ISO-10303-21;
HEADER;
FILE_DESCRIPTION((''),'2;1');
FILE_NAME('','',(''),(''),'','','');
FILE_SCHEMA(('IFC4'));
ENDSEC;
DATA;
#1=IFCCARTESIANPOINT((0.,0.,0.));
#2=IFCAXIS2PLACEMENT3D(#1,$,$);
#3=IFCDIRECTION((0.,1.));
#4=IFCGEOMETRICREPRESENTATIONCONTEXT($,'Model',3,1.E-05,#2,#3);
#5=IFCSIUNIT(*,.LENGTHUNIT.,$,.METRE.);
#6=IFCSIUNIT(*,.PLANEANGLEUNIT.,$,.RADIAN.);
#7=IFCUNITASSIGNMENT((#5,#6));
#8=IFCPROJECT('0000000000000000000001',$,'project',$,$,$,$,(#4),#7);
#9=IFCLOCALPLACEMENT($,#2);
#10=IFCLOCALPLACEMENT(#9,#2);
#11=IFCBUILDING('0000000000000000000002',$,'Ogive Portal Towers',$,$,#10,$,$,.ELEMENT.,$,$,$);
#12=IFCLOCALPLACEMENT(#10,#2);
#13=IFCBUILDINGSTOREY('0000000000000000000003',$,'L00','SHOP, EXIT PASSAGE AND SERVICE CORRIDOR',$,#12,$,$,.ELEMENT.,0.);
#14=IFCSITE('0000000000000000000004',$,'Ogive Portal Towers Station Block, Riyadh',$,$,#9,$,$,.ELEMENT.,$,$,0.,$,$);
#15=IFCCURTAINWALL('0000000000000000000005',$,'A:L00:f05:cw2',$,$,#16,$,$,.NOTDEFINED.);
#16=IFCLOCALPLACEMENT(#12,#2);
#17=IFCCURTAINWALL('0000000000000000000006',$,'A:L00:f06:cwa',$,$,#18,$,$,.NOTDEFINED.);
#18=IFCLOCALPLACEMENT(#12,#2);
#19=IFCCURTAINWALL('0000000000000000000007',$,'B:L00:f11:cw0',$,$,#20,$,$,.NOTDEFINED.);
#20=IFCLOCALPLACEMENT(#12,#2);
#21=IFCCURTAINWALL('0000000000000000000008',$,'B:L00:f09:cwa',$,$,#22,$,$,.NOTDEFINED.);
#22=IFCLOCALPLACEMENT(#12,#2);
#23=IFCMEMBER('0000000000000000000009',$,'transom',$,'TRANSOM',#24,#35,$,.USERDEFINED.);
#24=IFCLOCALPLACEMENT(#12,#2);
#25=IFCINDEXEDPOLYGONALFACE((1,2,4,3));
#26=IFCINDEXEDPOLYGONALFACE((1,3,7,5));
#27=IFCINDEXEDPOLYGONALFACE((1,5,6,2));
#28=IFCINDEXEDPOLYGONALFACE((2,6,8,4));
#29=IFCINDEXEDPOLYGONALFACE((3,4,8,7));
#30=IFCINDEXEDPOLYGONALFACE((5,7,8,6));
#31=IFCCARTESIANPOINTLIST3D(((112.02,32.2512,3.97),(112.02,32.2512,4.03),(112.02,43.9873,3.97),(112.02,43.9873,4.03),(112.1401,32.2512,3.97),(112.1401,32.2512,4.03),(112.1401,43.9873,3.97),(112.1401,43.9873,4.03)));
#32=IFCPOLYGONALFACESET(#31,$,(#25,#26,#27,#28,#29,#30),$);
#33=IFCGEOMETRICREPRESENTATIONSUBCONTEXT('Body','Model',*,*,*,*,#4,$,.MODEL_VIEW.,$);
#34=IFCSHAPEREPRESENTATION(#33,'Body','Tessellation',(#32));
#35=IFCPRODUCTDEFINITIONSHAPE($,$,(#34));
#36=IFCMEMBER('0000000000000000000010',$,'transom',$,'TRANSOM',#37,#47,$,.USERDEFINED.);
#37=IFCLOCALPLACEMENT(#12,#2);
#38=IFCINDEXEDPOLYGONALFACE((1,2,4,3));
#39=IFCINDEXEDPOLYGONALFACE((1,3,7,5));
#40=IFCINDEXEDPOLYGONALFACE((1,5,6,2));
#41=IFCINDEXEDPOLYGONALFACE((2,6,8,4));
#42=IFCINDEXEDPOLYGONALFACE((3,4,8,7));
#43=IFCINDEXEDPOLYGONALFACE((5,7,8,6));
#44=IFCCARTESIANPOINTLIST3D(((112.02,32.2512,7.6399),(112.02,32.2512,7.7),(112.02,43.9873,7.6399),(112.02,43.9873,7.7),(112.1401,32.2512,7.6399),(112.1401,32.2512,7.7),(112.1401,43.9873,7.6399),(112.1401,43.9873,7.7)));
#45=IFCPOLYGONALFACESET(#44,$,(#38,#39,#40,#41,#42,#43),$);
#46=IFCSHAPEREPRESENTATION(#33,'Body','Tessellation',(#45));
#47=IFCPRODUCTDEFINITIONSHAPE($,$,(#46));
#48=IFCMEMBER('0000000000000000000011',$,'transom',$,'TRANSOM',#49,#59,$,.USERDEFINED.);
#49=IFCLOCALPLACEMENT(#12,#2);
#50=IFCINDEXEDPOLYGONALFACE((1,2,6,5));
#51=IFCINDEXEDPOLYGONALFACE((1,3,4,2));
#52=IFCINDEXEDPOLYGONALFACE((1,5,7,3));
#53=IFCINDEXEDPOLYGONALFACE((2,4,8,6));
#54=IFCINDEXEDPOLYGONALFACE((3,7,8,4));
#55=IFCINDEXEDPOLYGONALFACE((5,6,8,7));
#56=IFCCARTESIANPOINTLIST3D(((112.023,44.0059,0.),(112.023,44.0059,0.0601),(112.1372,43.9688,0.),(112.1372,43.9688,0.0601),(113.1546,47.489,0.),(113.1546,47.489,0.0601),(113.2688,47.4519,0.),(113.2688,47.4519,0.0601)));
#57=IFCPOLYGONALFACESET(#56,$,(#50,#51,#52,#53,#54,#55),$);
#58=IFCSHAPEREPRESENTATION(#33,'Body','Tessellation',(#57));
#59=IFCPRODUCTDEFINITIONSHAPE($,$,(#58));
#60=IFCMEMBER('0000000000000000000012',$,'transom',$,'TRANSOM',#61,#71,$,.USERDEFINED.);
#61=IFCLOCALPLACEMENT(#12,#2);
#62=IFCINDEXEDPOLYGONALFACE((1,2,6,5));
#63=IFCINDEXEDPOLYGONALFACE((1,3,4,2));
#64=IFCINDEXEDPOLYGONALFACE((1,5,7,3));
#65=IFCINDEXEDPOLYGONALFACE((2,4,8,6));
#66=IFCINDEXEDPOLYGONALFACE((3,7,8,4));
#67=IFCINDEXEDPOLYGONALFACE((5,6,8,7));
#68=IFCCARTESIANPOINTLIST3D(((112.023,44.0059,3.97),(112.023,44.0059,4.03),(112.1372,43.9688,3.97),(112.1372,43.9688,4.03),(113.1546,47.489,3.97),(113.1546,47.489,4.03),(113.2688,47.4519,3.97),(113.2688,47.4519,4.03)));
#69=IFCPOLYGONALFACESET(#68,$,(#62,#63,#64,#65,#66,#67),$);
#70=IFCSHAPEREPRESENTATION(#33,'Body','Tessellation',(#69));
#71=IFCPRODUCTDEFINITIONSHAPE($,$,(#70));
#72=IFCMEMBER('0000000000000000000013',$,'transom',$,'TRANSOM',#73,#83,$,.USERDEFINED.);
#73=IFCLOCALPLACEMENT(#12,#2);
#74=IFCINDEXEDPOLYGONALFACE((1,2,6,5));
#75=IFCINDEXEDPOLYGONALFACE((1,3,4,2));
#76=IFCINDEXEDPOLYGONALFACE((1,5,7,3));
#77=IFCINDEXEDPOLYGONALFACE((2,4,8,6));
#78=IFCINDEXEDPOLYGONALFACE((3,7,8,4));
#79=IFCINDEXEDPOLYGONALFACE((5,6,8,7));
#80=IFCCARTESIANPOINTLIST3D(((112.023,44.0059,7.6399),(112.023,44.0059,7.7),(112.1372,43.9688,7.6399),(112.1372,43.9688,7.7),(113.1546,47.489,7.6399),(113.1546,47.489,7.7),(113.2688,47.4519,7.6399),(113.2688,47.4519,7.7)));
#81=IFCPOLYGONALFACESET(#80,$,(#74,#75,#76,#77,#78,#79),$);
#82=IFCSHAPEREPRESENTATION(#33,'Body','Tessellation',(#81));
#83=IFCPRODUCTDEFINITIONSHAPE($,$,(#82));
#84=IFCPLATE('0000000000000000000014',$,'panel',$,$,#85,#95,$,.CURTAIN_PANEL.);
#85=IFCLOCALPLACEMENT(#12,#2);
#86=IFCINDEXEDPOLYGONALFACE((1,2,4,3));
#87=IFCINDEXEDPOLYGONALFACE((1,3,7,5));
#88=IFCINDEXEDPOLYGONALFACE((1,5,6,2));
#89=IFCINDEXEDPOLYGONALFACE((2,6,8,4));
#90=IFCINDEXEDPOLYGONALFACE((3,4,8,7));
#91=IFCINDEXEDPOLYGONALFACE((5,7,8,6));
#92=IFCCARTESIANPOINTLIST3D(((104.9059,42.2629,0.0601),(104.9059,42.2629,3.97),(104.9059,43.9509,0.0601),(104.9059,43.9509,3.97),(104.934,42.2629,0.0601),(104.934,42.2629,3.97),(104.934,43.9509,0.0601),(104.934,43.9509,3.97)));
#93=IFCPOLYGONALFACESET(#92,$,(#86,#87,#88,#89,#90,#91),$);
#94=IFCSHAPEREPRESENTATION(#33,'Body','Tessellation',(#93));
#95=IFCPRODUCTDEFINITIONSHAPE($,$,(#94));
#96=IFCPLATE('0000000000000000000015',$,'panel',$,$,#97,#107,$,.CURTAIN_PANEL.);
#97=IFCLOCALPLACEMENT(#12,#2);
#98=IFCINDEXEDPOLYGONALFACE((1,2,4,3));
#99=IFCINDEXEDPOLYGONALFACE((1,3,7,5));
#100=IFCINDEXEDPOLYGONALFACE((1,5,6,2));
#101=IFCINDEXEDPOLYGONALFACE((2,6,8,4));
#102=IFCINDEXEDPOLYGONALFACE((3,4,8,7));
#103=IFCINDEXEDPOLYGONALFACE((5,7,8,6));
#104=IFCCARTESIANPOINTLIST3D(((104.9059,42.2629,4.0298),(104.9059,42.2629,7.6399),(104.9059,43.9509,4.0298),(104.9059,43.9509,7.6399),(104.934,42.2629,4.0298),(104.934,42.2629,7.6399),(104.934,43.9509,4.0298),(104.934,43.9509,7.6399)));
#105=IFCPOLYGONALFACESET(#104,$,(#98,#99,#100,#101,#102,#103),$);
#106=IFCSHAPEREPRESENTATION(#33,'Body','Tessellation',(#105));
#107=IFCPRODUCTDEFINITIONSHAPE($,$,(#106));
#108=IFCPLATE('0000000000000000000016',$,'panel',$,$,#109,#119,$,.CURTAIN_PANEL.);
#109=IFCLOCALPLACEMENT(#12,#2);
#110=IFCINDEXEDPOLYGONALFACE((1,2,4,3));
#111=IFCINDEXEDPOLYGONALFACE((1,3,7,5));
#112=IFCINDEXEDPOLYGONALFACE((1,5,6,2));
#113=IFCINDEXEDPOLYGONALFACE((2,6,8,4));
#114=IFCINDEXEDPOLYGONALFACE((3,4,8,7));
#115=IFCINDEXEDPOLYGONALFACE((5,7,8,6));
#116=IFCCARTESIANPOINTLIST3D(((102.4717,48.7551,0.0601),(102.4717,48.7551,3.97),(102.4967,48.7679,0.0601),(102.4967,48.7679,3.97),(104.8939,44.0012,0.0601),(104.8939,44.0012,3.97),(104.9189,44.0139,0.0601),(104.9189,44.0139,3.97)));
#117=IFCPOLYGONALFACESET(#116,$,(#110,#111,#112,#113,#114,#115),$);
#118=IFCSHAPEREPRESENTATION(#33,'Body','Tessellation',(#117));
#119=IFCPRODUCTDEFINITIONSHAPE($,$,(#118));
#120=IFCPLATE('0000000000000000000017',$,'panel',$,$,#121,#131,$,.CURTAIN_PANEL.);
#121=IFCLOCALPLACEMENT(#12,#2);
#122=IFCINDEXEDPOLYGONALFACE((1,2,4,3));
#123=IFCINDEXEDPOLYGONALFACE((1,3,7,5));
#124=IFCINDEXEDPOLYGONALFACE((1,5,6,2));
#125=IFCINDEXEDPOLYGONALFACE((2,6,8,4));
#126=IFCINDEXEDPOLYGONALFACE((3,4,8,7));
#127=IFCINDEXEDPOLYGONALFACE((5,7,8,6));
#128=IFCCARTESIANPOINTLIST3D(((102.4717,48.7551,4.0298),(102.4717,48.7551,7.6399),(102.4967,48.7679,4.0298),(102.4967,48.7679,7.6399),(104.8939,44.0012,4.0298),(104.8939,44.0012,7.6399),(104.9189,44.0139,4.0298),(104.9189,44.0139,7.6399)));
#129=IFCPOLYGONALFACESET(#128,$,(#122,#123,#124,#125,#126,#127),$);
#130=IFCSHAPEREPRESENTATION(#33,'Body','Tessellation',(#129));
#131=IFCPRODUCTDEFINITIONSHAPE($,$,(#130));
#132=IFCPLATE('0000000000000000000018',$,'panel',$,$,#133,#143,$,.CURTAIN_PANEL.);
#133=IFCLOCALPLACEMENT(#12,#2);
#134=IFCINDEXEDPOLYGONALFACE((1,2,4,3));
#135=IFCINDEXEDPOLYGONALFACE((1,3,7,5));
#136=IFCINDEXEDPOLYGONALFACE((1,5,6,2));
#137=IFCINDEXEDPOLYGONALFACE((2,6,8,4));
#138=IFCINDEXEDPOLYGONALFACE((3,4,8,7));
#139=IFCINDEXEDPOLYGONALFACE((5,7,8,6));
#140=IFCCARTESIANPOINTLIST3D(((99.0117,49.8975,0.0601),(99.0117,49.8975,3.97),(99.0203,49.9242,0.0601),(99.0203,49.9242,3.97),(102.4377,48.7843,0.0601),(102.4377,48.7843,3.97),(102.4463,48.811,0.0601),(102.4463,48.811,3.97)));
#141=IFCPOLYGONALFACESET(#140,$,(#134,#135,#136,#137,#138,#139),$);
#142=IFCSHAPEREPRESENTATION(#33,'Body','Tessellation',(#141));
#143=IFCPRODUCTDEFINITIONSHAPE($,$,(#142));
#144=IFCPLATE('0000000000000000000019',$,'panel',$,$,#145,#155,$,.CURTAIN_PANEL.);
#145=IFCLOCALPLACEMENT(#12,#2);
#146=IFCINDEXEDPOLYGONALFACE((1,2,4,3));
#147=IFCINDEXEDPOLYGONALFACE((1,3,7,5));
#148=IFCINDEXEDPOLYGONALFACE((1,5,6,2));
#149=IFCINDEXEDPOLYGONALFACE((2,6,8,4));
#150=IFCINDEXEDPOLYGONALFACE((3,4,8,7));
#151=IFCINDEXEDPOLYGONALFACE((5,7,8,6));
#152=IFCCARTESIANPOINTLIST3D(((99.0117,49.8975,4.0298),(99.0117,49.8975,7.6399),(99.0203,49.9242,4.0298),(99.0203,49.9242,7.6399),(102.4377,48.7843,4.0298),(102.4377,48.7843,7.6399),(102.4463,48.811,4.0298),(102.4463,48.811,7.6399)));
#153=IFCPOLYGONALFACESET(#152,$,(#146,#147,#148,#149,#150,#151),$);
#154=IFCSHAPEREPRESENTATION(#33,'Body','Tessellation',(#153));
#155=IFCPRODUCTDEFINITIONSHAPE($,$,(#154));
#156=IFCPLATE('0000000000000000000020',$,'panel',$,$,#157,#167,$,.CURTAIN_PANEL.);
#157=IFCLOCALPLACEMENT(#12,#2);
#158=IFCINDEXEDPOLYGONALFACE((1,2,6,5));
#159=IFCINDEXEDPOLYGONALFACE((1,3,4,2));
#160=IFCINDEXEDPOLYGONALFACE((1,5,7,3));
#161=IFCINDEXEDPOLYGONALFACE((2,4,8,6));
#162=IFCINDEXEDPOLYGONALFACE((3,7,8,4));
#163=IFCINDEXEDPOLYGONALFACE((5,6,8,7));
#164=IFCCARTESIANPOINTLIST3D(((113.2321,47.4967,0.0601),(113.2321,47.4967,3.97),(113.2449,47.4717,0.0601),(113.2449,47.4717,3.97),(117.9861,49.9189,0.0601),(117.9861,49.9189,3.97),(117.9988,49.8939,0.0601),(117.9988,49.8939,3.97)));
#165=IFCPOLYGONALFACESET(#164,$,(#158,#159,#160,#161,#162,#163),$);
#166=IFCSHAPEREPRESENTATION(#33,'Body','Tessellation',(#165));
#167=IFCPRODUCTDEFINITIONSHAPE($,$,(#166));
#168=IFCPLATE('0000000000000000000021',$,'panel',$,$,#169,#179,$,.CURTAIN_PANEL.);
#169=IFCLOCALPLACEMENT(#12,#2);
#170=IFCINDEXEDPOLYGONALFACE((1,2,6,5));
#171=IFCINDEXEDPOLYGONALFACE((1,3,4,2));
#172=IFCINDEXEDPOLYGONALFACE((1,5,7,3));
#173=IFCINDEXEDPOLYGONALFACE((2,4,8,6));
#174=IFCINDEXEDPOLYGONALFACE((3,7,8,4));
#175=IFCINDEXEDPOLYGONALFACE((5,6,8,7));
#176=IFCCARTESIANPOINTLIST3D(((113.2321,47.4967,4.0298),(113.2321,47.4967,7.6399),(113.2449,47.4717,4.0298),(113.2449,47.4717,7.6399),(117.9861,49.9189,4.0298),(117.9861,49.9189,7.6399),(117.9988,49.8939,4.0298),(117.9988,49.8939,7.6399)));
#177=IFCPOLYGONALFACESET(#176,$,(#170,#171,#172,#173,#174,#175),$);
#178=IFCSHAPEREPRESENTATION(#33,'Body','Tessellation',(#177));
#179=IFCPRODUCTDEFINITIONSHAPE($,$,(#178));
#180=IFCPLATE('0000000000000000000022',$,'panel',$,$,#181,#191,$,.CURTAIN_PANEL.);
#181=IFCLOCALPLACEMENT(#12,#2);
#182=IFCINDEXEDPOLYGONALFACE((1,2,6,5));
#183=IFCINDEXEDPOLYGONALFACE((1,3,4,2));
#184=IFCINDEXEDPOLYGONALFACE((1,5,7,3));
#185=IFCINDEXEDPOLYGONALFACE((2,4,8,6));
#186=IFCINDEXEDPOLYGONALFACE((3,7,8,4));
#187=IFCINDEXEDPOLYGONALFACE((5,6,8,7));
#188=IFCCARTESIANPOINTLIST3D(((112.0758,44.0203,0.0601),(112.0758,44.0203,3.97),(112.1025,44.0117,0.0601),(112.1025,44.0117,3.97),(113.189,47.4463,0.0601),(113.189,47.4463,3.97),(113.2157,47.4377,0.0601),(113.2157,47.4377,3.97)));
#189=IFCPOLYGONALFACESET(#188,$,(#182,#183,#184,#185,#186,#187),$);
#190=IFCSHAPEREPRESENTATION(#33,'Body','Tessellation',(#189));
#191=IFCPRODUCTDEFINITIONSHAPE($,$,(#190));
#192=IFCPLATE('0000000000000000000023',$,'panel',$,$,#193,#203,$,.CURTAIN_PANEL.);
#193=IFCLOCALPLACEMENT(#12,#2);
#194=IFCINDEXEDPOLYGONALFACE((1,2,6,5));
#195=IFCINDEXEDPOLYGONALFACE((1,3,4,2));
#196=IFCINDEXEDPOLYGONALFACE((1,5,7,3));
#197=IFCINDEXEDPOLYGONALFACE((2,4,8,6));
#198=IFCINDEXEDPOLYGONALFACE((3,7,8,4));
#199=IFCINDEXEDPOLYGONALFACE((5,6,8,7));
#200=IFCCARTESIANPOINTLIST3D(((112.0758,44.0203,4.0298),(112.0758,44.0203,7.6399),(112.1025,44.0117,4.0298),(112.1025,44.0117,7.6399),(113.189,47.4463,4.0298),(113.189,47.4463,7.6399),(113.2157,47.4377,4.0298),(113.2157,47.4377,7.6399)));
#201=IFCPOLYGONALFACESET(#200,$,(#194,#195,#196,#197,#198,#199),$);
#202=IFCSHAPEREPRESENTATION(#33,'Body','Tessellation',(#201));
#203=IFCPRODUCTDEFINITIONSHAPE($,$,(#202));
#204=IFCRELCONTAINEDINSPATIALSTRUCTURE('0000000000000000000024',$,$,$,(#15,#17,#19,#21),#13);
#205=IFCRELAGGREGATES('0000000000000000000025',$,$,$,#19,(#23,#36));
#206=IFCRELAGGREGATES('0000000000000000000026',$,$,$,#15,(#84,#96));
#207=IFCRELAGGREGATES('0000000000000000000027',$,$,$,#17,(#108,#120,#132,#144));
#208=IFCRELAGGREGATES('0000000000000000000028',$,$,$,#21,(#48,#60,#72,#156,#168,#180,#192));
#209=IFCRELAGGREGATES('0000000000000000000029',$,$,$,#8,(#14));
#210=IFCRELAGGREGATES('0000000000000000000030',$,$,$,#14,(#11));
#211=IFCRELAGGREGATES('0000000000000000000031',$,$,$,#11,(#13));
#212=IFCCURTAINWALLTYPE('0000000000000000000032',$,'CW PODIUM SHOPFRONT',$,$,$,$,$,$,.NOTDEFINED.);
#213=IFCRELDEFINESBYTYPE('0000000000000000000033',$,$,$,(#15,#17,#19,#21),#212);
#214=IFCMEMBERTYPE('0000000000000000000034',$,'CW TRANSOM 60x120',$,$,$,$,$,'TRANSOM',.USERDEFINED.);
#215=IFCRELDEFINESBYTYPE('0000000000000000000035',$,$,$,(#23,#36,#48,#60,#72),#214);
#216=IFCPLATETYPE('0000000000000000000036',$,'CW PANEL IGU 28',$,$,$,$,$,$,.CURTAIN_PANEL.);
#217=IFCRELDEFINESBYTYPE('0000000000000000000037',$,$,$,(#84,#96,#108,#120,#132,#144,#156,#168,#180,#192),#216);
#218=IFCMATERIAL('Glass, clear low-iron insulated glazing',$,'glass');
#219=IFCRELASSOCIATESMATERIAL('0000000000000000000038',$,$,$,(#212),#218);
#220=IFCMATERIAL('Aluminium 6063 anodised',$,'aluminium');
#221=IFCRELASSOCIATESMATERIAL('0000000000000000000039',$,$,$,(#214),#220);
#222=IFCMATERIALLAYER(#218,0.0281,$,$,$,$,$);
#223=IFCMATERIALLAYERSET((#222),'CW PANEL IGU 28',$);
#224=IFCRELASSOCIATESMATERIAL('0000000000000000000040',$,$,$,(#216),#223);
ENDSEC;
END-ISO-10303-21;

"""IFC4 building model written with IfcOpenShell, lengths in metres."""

from ifc_helpers import new_model, si_unit, direction, frame, origin, origin_2d, place, context, subcontext, project, spatial, rectangle, extrude, material, layer, layer_set, material_profile, profile_set, type_object, element, aggregate, save


model = new_model("IFC4")

# Units and contexts
model_context = context("Model", 3, precision=1e-05, world=origin(), true_north=direction((0.0, 1.0)))
body_context = subcontext(model_context, "Body", "Model", "MODEL_VIEW")
ifc_project = project(units=[si_unit("LENGTHUNIT", "METRE"), si_unit("PLANEANGLEUNIT", "RADIAN")], contexts=[model_context])

# Site, building, storey
site_placement = place(None, origin())
site = spatial("IfcSite", under=ifc_project, at=site_placement, Name="Ogive Portal Towers Station Block, Riyadh", CompositionType="ELEMENT", RefElevation=0.0)
building_placement = place(site_placement, origin())
building = spatial("IfcBuilding", under=site, at=building_placement, Name="Ogive Portal Towers", CompositionType="ELEMENT")
storey_placement = place(building_placement, origin())
storey = spatial("IfcBuildingStorey", under=building, at=storey_placement, Name="L00", Description="SHOP, EXIT PASSAGE AND SERVICE CORRIDOR", CompositionType="ELEMENT", Elevation=0.0)

# Curtain wall
ifc_material_1 = material(Name="Glass, clear low-iron insulated glazing", Category="glass")
curtain_wall_type = type_object("IfcCurtainWallType", Name="CW PODIUM SHOPFRONT", PredefinedType="NOTDEFINED", material=ifc_material_1)
curtain_wall_1_placement = place(storey_placement, origin())
curtain_wall_1 = element("IfcCurtainWall", 1, at=curtain_wall_1_placement, inside=storey, type_object=curtain_wall_type, Name="A:L00:f05:cw2", PredefinedType="NOTDEFINED")
ifc_material_2 = material(Name="Aluminium 6063 anodised", Category="aluminium")

# Curtain wall
curtain_wall_2_placement = place(storey_placement, origin())
curtain_wall_2 = element("IfcCurtainWall", 2, at=curtain_wall_2_placement, inside=storey, type_object=curtain_wall_type, Name="A:L00:f06:cwa", PredefinedType="NOTDEFINED")

# Curtain walls
curtain_wall_3_placement = place(storey_placement, origin())
curtain_wall_3 = element("IfcCurtainWall", 3, at=curtain_wall_3_placement, inside=storey, type_object=curtain_wall_type, Name="B:L00:f11:cw0", PredefinedType="NOTDEFINED")
curtain_wall_4_placement = place(storey_placement, origin())
curtain_wall_4 = element("IfcCurtainWall", 4, at=curtain_wall_4_placement, inside=storey, type_object=curtain_wall_type, Name="B:L00:f09:cwa", PredefinedType="NOTDEFINED")

# Members
ifc_material_profile_1 = material_profile(ifc_material_2, rectangle(XDim=0.1201, YDim=0.0601, at=origin_2d()), Name="AL 120x60")
ifc_profile_set_1 = profile_set([ifc_material_profile_1], Name="Aluminium 6063 anodised")
member_type_1 = type_object("IfcMemberType", Name="CW TRANSOM 60x120", ElementType="TRANSOM", PredefinedType="USERDEFINED", material=ifc_profile_set_1)
member_1_placement = place(storey_placement, frame((112.0801, 43.9873, 4.0), z_axis=(0.0, -1.0, 0.0), x_axis=(1.0, 0.0, 0.0)))
member_1 = element("IfcMember", 5, at=member_1_placement, type_object=member_type_1, Name="transom", ObjectType="TRANSOM", PredefinedType="USERDEFINED", context=body_context, shape_type="SweptSolid", body=[
    extrude(rectangle(XDim=0.1201, YDim=0.0601, at=origin_2d()), origin(), (0.0, 0.0, 1.0), 11.7361),
])
member_2_placement = place(storey_placement, frame((112.0801, 43.9873, 7.6699), z_axis=(0.0, -1.0, 0.0), x_axis=(1.0, 0.0, 0.0)))
member_2 = element("IfcMember", 6, at=member_2_placement, type_object=member_type_1, Name="transom", ObjectType="TRANSOM", PredefinedType="USERDEFINED", context=body_context, shape_type="SweptSolid", body=[
    extrude(rectangle(XDim=0.1201, YDim=0.0601, at=origin_2d()), origin(), (0.0, 0.0, 1.0), 11.7361),
])
aggregate(curtain_wall_3, [member_1, member_2])
member_3_placement = place(storey_placement, frame((113.2117, 47.4705, 0.03), z_axis=(-0.308979, -0.951069, 0.0), x_axis=(0.951069, -0.308979, 0.0)))
member_3 = element("IfcMember", 7, at=member_3_placement, type_object=member_type_1, Name="transom", ObjectType="TRANSOM", PredefinedType="USERDEFINED", context=body_context, shape_type="SweptSolid", body=[
    extrude(rectangle(XDim=0.1201, YDim=0.0601, at=origin_2d()), origin(), (0.0, 0.0, 1.0), 3.6624),
])
member_4_placement = place(storey_placement, frame((113.2117, 47.4705, 4.0), z_axis=(-0.308979, -0.951069, 0.0), x_axis=(0.951069, -0.308979, 0.0)))
member_4 = element("IfcMember", 8, at=member_4_placement, type_object=member_type_1, Name="transom", ObjectType="TRANSOM", PredefinedType="USERDEFINED", context=body_context, shape_type="SweptSolid", body=[
    extrude(rectangle(XDim=0.1201, YDim=0.0601, at=origin_2d()), origin(), (0.0, 0.0, 1.0), 3.6624),
])
member_5_placement = place(storey_placement, frame((113.2117, 47.4705, 7.6699), z_axis=(-0.308979, -0.951069, 0.0), x_axis=(0.951069, -0.308979, 0.0)))
member_5 = element("IfcMember", 9, at=member_5_placement, type_object=member_type_1, Name="transom", ObjectType="TRANSOM", PredefinedType="USERDEFINED", context=body_context, shape_type="SweptSolid", body=[
    extrude(rectangle(XDim=0.1201, YDim=0.0601, at=origin_2d()), origin(), (0.0, 0.0, 1.0), 3.6624),
])

# Plates
ifc_layer_1 = layer(ifc_material_1, 0.0281)
ifc_layer_set_1 = layer_set([ifc_layer_1], Name="CW PANEL IGU 28")
plate_type = type_object("IfcPlateType", Name="CW PANEL IGU 28", PredefinedType="CURTAIN_PANEL", material=ifc_layer_set_1)
plate_1_placement = place(storey_placement, frame((104.9199, 43.1069, 0.0601), z_axis=(0.0, 0.0, 1.0), x_axis=(0.0, 1.0, 0.0)))
plate_1 = element("IfcPlate", 10, at=plate_1_placement, type_object=plate_type, Name="panel", PredefinedType="CURTAIN_PANEL", context=body_context, shape_type="SweptSolid", body=[
    extrude(rectangle(XDim=1.688, YDim=0.0281, at=origin_2d()), origin(), (0.0, 0.0, 1.0), 3.9099),
])
plate_2_placement = place(storey_placement, frame((104.9199, 43.1069, 4.0298), z_axis=(0.0, 0.0, 1.0), x_axis=(0.0, 1.0, 0.0)))
plate_2 = element("IfcPlate", 11, at=plate_2_placement, type_object=plate_type, Name="panel", PredefinedType="CURTAIN_PANEL", context=body_context, shape_type="SweptSolid", body=[
    extrude(rectangle(XDim=1.688, YDim=0.0281, at=origin_2d()), origin(), (0.0, 0.0, 1.0), 3.6101),
])
aggregate(curtain_wall_1, [plate_1, plate_2])
plate_3_placement = place(storey_placement, frame((103.6953, 46.3845, 0.0601), z_axis=(0.0, 0.0, 1.0), x_axis=(-0.45399, 0.891007, 0.0)))
plate_3 = element("IfcPlate", 12, at=plate_3_placement, type_object=plate_type, Name="panel", PredefinedType="CURTAIN_PANEL", context=body_context, shape_type="SweptSolid", body=[
    extrude(rectangle(XDim=5.3354, YDim=0.0281, at=origin_2d()), origin(), (0.0, 0.0, 1.0), 3.9099),
])
plate_4_placement = place(storey_placement, frame((103.6953, 46.3845, 4.0298), z_axis=(0.0, 0.0, 1.0), x_axis=(-0.45399, 0.891007, 0.0)))
plate_4 = element("IfcPlate", 13, at=plate_4_placement, type_object=plate_type, Name="panel", PredefinedType="CURTAIN_PANEL", context=body_context, shape_type="SweptSolid", body=[
    extrude(rectangle(XDim=5.3354, YDim=0.0281, at=origin_2d()), origin(), (0.0, 0.0, 1.0), 3.6101),
])
plate_5_placement = place(storey_placement, frame((100.729, 49.3542, 0.0601), z_axis=(0.0, 0.0, 1.0), x_axis=(-0.951057, 0.309017, 0.0)))
plate_5 = element("IfcPlate", 14, at=plate_5_placement, type_object=plate_type, Name="panel", PredefinedType="CURTAIN_PANEL", context=body_context, shape_type="SweptSolid", body=[
    extrude(rectangle(XDim=3.6023, YDim=0.0281, at=origin_2d()), origin(), (0.0, 0.0, 1.0), 3.9099),
])
plate_6_placement = place(storey_placement, frame((100.729, 49.3542, 4.0298), z_axis=(0.0, 0.0, 1.0), x_axis=(-0.951057, 0.309017, 0.0)))
plate_6 = element("IfcPlate", 15, at=plate_6_placement, type_object=plate_type, Name="panel", PredefinedType="CURTAIN_PANEL", context=body_context, shape_type="SweptSolid", body=[
    extrude(rectangle(XDim=3.6023, YDim=0.0281, at=origin_2d()), origin(), (0.0, 0.0, 1.0), 3.6101),
])
aggregate(curtain_wall_2, [plate_3, plate_4, plate_5, plate_6])
plate_7_placement = place(storey_placement, frame((115.6155, 48.6953, 0.0601), z_axis=(0.0, 0.0, 1.0), x_axis=(-0.891007, -0.45399, 0.0)))
plate_7 = element("IfcPlate", 16, at=plate_7_placement, type_object=plate_type, Name="panel", PredefinedType="CURTAIN_PANEL", context=body_context, shape_type="SweptSolid", body=[
    extrude(rectangle(XDim=5.3354, YDim=0.0281, at=origin_2d()), origin(), (0.0, 0.0, 1.0), 3.9099),
])
plate_8_placement = place(storey_placement, frame((115.6155, 48.6953, 4.0298), z_axis=(0.0, 0.0, 1.0), x_axis=(-0.891007, -0.45399, 0.0)))
plate_8 = element("IfcPlate", 17, at=plate_8_placement, type_object=plate_type, Name="panel", PredefinedType="CURTAIN_PANEL", context=body_context, shape_type="SweptSolid", body=[
    extrude(rectangle(XDim=5.3354, YDim=0.0281, at=origin_2d()), origin(), (0.0, 0.0, 1.0), 3.6101),
])
plate_9_placement = place(storey_placement, frame((112.6458, 45.729, 0.0601), z_axis=(0.0, 0.0, 1.0), x_axis=(-0.309017, -0.951057, 0.0)))
plate_9 = element("IfcPlate", 18, at=plate_9_placement, type_object=plate_type, Name="panel", PredefinedType="CURTAIN_PANEL", context=body_context, shape_type="SweptSolid", body=[
    extrude(rectangle(XDim=3.6023, YDim=0.0281, at=origin_2d()), origin(), (0.0, 0.0, 1.0), 3.9099),
])
plate_10_placement = place(storey_placement, frame((112.6458, 45.729, 4.0298), z_axis=(0.0, 0.0, 1.0), x_axis=(-0.309017, -0.951057, 0.0)))
plate_10 = element("IfcPlate", 19, at=plate_10_placement, type_object=plate_type, Name="panel", PredefinedType="CURTAIN_PANEL", context=body_context, shape_type="SweptSolid", body=[
    extrude(rectangle(XDim=3.6023, YDim=0.0281, at=origin_2d()), origin(), (0.0, 0.0, 1.0), 3.6101),
])
aggregate(curtain_wall_4, [member_3, member_4, member_5, plate_7, plate_8, plate_9, plate_10])

save(model, "model.ifc")
